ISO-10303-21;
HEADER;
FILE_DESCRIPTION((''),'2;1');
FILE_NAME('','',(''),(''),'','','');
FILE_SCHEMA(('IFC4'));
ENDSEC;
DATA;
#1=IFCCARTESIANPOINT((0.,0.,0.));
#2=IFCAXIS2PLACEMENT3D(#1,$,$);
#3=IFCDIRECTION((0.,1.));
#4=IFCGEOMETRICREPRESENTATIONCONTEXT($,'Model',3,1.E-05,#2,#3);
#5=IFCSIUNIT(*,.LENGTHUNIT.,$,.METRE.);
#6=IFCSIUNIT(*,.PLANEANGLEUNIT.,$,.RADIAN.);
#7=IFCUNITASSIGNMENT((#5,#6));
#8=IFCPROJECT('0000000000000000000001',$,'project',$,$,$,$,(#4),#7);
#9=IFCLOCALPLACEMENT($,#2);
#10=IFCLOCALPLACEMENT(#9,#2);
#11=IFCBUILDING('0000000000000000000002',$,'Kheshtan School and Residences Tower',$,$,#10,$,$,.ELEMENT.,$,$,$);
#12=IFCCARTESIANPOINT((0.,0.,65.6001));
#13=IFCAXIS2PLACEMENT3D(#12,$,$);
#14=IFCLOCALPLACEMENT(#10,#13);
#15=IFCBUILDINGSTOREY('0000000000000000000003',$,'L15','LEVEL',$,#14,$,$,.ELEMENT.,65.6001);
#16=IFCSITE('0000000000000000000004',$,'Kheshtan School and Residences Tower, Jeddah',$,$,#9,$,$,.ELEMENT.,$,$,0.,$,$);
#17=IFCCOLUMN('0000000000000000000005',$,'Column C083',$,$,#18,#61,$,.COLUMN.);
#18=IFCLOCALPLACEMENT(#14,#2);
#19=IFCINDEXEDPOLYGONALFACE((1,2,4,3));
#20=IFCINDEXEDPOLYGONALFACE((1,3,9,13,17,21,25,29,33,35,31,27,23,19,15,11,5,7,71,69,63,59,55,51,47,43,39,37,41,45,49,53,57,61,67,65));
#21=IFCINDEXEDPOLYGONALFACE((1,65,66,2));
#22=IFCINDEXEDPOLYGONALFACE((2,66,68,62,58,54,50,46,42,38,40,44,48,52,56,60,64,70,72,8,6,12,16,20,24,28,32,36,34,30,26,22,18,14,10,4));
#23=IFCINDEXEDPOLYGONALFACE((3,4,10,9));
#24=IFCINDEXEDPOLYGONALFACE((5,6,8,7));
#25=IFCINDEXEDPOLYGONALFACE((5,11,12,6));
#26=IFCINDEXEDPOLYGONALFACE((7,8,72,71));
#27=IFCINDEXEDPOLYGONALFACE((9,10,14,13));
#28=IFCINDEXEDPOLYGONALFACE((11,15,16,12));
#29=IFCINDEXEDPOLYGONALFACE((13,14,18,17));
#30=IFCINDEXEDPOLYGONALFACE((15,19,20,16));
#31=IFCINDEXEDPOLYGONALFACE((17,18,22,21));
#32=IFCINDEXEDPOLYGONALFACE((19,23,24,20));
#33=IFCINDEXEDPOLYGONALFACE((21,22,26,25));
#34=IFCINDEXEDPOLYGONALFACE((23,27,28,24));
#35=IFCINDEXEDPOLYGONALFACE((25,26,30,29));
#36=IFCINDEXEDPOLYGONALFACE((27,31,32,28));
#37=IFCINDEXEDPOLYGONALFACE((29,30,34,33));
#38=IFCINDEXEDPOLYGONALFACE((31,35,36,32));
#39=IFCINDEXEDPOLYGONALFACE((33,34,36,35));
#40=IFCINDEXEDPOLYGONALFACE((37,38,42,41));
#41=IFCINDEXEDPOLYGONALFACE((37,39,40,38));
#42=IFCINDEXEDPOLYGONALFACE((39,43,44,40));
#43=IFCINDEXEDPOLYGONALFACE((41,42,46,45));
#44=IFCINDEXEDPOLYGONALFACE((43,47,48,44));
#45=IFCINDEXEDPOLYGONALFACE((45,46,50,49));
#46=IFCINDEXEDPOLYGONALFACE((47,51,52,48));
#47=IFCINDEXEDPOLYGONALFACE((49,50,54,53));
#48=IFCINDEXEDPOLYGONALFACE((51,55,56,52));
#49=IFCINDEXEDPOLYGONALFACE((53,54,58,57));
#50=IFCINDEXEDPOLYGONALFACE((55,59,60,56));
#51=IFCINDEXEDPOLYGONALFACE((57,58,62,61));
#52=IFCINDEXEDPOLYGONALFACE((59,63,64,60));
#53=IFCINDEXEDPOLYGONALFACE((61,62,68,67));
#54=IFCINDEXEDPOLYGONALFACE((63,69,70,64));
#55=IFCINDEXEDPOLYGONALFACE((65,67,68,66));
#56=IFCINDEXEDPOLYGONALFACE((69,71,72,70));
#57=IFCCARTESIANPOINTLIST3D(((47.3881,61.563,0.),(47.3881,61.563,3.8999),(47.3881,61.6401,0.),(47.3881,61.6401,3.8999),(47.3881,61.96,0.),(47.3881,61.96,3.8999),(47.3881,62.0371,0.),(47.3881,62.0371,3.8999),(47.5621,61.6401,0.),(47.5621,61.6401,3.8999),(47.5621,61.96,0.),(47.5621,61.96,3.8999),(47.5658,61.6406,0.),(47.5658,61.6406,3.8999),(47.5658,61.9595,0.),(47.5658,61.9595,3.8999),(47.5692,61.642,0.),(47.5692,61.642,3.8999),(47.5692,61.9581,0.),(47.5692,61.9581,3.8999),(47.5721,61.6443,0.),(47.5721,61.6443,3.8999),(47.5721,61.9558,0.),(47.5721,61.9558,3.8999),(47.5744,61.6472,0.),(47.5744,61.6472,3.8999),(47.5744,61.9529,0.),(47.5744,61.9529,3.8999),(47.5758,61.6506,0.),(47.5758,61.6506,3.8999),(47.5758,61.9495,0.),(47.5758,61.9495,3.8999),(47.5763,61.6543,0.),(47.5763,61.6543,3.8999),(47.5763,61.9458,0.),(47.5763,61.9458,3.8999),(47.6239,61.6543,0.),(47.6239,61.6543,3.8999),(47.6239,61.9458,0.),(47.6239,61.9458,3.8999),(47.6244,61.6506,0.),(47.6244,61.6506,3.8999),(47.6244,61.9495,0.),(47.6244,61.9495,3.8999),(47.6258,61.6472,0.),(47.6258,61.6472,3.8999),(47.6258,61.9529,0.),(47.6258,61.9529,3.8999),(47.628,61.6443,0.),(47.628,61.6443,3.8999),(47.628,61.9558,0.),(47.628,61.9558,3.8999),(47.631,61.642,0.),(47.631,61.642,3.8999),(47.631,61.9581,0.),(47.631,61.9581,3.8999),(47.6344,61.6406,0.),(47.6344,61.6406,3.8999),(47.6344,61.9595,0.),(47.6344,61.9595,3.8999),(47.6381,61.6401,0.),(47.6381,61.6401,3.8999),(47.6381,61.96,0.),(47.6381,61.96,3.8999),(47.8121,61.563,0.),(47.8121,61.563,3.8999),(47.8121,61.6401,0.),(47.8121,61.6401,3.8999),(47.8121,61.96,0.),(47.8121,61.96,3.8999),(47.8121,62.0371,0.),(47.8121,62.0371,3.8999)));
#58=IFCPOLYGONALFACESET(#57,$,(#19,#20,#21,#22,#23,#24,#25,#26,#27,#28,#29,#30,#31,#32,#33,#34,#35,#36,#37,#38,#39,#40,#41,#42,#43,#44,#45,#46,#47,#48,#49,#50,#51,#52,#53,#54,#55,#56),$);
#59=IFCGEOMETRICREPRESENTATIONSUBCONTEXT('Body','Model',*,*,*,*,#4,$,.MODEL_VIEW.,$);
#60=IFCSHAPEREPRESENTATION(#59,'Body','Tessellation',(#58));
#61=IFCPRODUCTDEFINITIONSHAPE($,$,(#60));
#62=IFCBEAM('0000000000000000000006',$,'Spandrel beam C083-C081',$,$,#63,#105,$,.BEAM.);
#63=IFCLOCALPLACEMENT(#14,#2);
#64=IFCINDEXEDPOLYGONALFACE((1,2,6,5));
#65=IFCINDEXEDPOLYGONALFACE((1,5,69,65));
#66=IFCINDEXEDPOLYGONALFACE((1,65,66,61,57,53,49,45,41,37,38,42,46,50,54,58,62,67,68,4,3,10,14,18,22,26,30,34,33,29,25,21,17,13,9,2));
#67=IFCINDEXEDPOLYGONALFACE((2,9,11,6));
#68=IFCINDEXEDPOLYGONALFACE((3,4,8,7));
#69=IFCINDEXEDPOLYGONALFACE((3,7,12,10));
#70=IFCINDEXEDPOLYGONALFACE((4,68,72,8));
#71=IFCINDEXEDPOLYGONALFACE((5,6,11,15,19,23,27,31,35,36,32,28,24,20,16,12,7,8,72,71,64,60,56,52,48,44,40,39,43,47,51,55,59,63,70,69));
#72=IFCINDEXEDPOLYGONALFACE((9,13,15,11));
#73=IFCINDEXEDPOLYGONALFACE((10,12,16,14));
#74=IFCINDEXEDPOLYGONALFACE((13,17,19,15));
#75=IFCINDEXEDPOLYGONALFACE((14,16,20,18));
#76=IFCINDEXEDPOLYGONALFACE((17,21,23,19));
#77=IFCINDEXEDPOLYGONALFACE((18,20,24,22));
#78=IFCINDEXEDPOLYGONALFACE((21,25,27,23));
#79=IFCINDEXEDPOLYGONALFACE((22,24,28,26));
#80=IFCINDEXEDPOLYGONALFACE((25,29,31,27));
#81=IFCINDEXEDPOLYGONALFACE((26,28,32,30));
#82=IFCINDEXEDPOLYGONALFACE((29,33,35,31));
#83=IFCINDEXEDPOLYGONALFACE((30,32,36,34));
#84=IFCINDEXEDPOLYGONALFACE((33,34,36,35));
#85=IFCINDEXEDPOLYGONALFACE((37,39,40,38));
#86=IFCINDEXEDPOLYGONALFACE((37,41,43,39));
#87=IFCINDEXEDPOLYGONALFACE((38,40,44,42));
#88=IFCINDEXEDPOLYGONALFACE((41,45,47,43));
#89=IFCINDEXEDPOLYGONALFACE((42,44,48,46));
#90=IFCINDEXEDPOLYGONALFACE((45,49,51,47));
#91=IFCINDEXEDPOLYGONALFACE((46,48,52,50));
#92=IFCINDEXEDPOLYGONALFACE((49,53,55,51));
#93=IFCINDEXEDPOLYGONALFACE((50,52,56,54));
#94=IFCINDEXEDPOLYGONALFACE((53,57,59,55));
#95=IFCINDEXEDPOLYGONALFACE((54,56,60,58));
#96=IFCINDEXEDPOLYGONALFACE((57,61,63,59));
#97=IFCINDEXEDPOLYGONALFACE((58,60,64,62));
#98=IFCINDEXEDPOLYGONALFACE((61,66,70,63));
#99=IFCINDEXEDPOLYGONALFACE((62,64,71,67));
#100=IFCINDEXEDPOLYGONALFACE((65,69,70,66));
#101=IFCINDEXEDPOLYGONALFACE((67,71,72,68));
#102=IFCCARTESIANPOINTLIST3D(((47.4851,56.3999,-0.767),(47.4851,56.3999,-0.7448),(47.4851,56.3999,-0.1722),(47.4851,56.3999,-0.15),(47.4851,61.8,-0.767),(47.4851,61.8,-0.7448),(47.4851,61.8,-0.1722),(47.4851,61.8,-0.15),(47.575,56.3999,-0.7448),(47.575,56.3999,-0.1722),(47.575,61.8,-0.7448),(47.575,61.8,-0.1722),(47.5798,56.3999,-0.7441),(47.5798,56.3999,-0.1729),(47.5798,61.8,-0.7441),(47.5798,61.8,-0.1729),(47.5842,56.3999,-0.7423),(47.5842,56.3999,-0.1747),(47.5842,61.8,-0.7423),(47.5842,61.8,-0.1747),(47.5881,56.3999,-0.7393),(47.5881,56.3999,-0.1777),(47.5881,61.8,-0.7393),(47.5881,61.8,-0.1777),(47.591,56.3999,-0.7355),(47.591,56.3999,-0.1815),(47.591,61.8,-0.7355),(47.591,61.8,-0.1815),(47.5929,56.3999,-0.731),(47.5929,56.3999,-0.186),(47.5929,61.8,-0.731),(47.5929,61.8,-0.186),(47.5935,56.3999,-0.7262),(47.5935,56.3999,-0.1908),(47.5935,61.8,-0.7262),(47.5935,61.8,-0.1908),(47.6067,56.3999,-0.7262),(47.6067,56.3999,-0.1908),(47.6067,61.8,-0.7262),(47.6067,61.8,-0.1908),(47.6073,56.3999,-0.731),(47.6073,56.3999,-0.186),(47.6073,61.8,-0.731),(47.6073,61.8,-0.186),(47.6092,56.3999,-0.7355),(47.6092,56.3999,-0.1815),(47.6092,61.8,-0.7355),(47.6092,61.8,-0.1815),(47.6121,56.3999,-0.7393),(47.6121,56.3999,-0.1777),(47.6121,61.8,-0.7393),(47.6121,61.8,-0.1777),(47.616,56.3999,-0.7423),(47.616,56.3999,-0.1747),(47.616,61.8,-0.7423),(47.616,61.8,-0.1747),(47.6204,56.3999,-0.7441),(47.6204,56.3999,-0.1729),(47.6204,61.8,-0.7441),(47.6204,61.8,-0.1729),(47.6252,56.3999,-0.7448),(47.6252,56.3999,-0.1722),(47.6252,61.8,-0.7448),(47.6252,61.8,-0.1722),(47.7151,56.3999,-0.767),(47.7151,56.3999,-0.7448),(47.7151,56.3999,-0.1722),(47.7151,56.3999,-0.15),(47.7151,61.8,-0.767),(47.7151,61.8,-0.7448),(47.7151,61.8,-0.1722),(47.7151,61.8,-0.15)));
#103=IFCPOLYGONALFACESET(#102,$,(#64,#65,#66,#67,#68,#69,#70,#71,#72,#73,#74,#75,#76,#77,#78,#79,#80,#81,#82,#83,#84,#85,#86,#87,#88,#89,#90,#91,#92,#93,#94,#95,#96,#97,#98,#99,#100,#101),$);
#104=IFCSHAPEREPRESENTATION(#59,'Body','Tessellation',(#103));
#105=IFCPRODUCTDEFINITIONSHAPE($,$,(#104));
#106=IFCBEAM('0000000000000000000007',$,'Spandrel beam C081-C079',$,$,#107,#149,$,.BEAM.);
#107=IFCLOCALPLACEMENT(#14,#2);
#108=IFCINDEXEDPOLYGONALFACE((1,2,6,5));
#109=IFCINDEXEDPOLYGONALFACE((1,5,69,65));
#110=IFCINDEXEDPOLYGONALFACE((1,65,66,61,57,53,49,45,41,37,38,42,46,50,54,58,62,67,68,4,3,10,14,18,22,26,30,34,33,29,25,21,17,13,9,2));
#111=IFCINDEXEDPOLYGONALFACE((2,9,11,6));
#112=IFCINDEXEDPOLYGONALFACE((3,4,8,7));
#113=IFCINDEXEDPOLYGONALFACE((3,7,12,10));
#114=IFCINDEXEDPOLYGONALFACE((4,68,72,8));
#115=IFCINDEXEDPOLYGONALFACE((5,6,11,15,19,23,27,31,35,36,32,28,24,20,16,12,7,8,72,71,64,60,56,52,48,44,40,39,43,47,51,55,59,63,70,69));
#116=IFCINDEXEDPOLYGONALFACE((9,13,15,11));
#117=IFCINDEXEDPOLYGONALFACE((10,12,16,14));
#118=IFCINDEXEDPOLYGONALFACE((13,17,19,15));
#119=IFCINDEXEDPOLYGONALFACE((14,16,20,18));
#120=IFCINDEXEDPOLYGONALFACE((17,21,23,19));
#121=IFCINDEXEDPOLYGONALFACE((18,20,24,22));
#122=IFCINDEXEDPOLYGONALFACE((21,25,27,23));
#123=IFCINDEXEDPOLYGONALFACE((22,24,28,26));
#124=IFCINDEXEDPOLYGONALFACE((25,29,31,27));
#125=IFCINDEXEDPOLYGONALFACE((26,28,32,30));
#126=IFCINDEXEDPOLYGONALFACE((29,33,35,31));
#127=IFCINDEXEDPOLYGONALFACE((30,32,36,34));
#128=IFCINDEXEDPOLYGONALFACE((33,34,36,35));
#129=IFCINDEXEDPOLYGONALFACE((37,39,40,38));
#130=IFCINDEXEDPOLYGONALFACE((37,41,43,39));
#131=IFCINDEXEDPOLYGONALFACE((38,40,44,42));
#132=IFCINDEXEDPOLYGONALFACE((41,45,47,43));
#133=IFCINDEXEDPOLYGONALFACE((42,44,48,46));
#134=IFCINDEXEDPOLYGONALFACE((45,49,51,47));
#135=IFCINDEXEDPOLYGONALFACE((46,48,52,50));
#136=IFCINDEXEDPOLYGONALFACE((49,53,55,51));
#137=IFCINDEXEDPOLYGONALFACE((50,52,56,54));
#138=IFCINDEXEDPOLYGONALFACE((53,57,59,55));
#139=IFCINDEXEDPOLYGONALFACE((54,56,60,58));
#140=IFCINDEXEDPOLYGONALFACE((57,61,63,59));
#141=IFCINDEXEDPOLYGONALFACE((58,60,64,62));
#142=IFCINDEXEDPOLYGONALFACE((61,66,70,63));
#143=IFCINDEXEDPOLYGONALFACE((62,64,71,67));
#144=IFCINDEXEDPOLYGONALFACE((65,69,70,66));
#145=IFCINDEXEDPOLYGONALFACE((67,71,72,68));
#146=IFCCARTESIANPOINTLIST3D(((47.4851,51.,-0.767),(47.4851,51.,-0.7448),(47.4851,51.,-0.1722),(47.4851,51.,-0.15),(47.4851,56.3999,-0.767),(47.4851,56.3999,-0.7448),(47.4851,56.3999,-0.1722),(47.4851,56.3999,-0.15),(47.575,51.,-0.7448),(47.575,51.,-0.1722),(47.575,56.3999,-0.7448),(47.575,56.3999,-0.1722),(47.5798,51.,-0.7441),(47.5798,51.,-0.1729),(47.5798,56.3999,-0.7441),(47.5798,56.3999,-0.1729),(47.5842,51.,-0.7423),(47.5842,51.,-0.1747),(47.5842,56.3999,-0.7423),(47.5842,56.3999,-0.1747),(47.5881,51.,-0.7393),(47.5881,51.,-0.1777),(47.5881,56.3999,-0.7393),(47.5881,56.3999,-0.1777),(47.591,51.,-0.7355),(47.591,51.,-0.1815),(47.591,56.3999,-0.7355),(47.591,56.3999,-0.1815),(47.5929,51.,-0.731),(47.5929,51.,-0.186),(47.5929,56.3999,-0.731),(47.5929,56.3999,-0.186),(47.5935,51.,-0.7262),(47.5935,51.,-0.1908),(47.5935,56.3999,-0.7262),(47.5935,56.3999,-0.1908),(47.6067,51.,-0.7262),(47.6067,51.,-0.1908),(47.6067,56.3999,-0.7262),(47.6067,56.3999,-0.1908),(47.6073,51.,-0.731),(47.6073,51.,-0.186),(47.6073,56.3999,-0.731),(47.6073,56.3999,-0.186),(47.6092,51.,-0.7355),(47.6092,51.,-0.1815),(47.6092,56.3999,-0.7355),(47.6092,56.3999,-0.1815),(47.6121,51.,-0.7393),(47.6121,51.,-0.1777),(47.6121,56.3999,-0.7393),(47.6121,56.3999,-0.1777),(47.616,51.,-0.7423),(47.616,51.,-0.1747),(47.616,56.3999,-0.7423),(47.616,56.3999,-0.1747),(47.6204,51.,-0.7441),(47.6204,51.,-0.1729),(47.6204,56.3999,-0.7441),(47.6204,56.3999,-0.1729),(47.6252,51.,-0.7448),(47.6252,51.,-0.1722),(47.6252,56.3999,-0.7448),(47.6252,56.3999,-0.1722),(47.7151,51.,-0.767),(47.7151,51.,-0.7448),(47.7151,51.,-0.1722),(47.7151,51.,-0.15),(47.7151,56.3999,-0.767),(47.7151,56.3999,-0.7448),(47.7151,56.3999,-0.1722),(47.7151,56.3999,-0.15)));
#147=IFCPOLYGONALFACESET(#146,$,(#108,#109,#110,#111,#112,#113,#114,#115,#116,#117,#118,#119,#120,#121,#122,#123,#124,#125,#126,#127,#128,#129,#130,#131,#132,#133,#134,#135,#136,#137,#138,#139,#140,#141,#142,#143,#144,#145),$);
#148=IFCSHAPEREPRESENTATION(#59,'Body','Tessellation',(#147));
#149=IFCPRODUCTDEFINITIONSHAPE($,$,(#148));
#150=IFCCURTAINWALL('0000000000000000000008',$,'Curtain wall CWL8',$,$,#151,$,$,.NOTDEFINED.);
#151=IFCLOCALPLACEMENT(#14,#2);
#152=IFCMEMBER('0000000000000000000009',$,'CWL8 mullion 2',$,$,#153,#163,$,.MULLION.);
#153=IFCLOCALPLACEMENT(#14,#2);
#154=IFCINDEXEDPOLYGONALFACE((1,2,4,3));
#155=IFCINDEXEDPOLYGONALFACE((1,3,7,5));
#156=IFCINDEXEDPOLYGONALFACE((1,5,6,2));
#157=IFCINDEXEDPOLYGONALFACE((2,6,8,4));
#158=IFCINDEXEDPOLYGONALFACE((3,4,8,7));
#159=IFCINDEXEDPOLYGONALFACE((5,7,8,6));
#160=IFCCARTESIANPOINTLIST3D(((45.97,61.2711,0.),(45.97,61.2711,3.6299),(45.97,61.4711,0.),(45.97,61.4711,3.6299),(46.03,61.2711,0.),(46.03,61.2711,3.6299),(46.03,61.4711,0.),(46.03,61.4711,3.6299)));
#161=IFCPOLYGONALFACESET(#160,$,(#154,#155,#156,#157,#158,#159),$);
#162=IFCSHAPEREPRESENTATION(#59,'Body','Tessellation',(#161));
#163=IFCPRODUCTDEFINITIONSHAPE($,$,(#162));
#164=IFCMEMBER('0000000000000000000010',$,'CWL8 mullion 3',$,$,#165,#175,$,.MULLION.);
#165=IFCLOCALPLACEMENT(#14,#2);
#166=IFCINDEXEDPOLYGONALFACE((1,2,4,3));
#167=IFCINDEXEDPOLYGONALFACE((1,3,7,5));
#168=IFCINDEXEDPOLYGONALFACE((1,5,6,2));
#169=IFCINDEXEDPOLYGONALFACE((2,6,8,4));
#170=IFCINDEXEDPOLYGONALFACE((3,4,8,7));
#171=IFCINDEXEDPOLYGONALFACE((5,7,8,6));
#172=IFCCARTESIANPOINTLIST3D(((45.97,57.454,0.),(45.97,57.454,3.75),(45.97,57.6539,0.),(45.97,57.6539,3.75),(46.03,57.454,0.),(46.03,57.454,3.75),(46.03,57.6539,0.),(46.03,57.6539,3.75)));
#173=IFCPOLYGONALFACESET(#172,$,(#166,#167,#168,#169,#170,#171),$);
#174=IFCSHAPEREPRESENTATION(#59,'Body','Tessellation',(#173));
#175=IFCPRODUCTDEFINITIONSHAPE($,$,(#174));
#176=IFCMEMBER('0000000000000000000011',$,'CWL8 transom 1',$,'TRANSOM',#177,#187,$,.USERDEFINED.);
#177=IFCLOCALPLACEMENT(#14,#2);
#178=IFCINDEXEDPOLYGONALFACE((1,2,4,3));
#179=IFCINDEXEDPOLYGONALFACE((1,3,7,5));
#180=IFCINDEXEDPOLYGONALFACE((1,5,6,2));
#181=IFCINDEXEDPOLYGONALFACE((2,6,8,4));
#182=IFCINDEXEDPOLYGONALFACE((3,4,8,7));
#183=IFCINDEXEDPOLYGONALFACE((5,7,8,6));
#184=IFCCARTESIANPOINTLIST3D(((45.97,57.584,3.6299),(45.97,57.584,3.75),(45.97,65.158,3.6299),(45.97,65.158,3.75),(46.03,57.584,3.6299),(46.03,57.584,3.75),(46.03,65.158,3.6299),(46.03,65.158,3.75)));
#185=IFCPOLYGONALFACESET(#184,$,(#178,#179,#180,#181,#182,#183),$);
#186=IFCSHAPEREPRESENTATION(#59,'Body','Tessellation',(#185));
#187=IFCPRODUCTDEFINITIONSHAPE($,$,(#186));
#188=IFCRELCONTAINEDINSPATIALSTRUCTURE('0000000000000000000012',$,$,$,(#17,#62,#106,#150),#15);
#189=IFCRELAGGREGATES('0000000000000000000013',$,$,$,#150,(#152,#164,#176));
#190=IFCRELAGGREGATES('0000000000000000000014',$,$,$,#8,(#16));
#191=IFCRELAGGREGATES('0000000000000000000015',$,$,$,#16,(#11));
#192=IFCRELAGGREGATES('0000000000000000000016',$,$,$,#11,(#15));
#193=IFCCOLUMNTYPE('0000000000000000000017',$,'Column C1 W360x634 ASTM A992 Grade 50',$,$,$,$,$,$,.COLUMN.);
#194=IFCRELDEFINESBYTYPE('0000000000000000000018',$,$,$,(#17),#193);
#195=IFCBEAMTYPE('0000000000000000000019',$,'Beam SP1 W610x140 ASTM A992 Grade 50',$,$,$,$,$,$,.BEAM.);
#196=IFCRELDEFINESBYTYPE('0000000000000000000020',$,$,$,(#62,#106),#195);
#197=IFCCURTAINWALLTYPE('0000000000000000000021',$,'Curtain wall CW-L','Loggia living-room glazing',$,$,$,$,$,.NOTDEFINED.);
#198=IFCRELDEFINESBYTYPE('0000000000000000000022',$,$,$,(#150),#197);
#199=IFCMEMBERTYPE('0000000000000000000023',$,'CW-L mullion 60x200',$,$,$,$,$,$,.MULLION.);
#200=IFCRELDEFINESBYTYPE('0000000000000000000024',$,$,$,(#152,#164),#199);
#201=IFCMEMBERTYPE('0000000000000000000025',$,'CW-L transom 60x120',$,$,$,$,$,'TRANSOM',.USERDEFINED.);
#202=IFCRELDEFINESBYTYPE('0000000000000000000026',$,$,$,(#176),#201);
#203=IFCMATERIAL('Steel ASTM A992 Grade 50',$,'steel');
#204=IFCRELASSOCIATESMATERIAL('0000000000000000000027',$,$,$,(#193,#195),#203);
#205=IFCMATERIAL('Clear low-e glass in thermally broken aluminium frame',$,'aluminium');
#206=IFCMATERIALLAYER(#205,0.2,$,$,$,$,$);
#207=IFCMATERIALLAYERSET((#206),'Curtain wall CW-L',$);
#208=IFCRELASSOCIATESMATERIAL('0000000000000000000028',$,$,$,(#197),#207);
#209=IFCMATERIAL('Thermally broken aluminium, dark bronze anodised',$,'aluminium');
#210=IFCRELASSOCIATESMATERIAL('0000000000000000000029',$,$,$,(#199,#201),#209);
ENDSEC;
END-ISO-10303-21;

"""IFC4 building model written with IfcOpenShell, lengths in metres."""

from ifc_helpers import new_model, si_unit, direction, frame, origin, origin_2d, place, context, subcontext, project, spatial, rectangle, i_section, extrude, material, layer, layer_set, material_profile, profile_set, type_object, element, aggregate, save


model = new_model("IFC4")

# Units and contexts
model_context = context("Model", 3, precision=1e-05, world=origin(), true_north=direction((0.0, 1.0)))
body_context = subcontext(model_context, "Body", "Model", "MODEL_VIEW")
ifc_project = project(units=[si_unit("LENGTHUNIT", "METRE"), si_unit("PLANEANGLEUNIT", "RADIAN")], contexts=[model_context])

# Site, building, storey
site_placement = place(None, origin())
site = spatial("IfcSite", under=ifc_project, at=site_placement, Name="Kheshtan School and Residences Tower, Jeddah", CompositionType="ELEMENT", RefElevation=0.0)
building_placement = place(site_placement, origin())
building = spatial("IfcBuilding", under=site, at=building_placement, Name="Kheshtan School and Residences Tower", CompositionType="ELEMENT")
storey_placement = place(building_placement, frame((0.0, 0.0, 65.6001)))
storey = spatial("IfcBuildingStorey", under=building, at=storey_placement, Name="L15", Description="LEVEL", CompositionType="ELEMENT", Elevation=65.6001)

# Column
ifc_material_1 = material(Name="Steel ASTM A992 Grade 50", Category="steel")
ifc_material_profile_1 = material_profile(ifc_material_1, i_section(OverallWidth=0.4241, OverallDepth=0.4741, WebThickness=0.0476, FlangeThickness=0.0771, FilletRadius=0.0142, at=origin_2d()), Name="W360x634")
ifc_profile_set_1 = profile_set([ifc_material_profile_1], Name="Steel ASTM A992 Grade 50")
column_type = type_object("IfcColumnType", Name="Column C1 W360x634 ASTM A992 Grade 50", PredefinedType="COLUMN", material=ifc_profile_set_1)
column_placement = place(storey_placement, frame((47.6001, 61.8, 0.0), z_axis=(0.0, 0.0, 1.0), x_axis=(1.0, 0.0, 0.0)))
element("IfcColumn", 1, at=column_placement, inside=storey, type_object=column_type, Name="Column C083", PredefinedType="COLUMN", context=body_context, shape_type="SweptSolid", body=[
    extrude(i_section(OverallWidth=0.4241, OverallDepth=0.4741, WebThickness=0.0476, FlangeThickness=0.0771, FilletRadius=0.0142, at=origin_2d()), origin(), (0.0, 0.0, 1.0), 3.8999),
])

# Beams
ifc_material_profile_2 = material_profile(ifc_material_1, i_section(OverallWidth=0.23, OverallDepth=0.6169, WebThickness=0.0132, FlangeThickness=0.0222, FilletRadius=0.0186, at=origin_2d()), Name="W610x140")
ifc_profile_set_2 = profile_set([ifc_material_profile_2], Name="Steel ASTM A992 Grade 50")
beam_type = type_object("IfcBeamType", Name="Beam SP1 W610x140 ASTM A992 Grade 50", PredefinedType="BEAM", material=ifc_profile_set_2)
beam_1_placement = place(storey_placement, frame((47.6001, 61.8, -0.4585), z_axis=(0.0, -1.0, 0.0), x_axis=(1.0, 0.0, 0.0)))
element("IfcBeam", 2, at=beam_1_placement, inside=storey, type_object=beam_type, Name="Spandrel beam C083-C081", PredefinedType="BEAM", context=body_context, shape_type="SweptSolid", body=[
    extrude(i_section(OverallWidth=0.23, OverallDepth=0.6169, WebThickness=0.0132, FlangeThickness=0.0222, FilletRadius=0.0186, at=origin_2d()), origin(), (0.0, 0.0, 1.0), 5.4001),
])
beam_2_placement = place(storey_placement, frame((47.6001, 56.3999, -0.4585), z_axis=(0.0, -1.0, 0.0), x_axis=(1.0, 0.0, 0.0)))
element("IfcBeam", 3, at=beam_2_placement, inside=storey, type_object=beam_type, Name="Spandrel beam C081-C079", PredefinedType="BEAM", context=body_context, shape_type="SweptSolid", body=[
    extrude(i_section(OverallWidth=0.23, OverallDepth=0.6169, WebThickness=0.0132, FlangeThickness=0.0222, FilletRadius=0.0186, at=origin_2d()), origin(), (0.0, 0.0, 1.0), 5.3999),
])

# Curtain wall, members
ifc_material_2 = material(Name="Clear low-e glass in thermally broken aluminium frame", Category="aluminium")
ifc_layer_1 = layer(ifc_material_2, 0.2)
ifc_layer_set_1 = layer_set([ifc_layer_1], Name="Curtain wall CW-L")
curtain_wall_type = type_object("IfcCurtainWallType", Name="Curtain wall CW-L", Description="Loggia living-room glazing", PredefinedType="NOTDEFINED", material=ifc_layer_set_1)
curtain_wall_1_placement = place(storey_placement, origin())
curtain_wall_1 = element("IfcCurtainWall", 4, at=curtain_wall_1_placement, inside=storey, type_object=curtain_wall_type, Name="Curtain wall CWL8", PredefinedType="NOTDEFINED")
ifc_material_3 = material(Name="Thermally broken aluminium, dark bronze anodised", Category="aluminium")
ifc_material_profile_3 = material_profile(ifc_material_3, rectangle(XDim=0.0601, YDim=0.2, at=origin_2d()), Name="CW-L mullion 60x200")
ifc_profile_set_3 = profile_set([ifc_material_profile_3], Name="Thermally broken aluminium, dark bronze anodised")
member_type_1 = type_object("IfcMemberType", Name="CW-L mullion 60x200", PredefinedType="MULLION", material=ifc_profile_set_3)
member_1_placement = place(storey_placement, frame((46.0, 61.3711, 0.0), z_axis=(0.0, 0.0, 1.0), x_axis=(1.0, 0.0, 0.0)))
member_1 = element("IfcMember", 5, at=member_1_placement, type_object=member_type_1, Name="CWL8 mullion 2", PredefinedType="MULLION", context=body_context, shape_type="SweptSolid", body=[
    extrude(rectangle(XDim=0.0601, YDim=0.2, at=origin_2d()), origin(), (0.0, 0.0, 1.0), 3.6299),
])
member_2_placement = place(storey_placement, frame((46.0, 57.554, 0.0), z_axis=(0.0, 0.0, 1.0), x_axis=(1.0, 0.0, 0.0)))
member_2 = element("IfcMember", 6, at=member_2_placement, type_object=member_type_1, Name="CWL8 mullion 3", PredefinedType="MULLION", context=body_context, shape_type="SweptSolid", body=[
    extrude(rectangle(XDim=0.0601, YDim=0.2, at=origin_2d()), origin(), (0.0, 0.0, 1.0), 3.75),
])
ifc_material_profile_4 = material_profile(ifc_material_3, rectangle(XDim=0.0601, YDim=0.1201, at=origin_2d()), Name="CW-L transom 60x120")
ifc_profile_set_4 = profile_set([ifc_material_profile_4], Name="Thermally broken aluminium, dark bronze anodised")
member_type_2 = type_object("IfcMemberType", Name="CW-L transom 60x120", ElementType="TRANSOM", PredefinedType="USERDEFINED", material=ifc_profile_set_4)
member_3_placement = place(storey_placement, frame((46.0, 65.158, 3.6899), z_axis=(0.0, -1.0, 0.0), x_axis=(1.0, 0.0, 0.0)))
member_3 = element("IfcMember", 7, at=member_3_placement, type_object=member_type_2, Name="CWL8 transom 1", ObjectType="TRANSOM", PredefinedType="USERDEFINED", context=body_context, shape_type="SweptSolid", body=[
    extrude(rectangle(XDim=0.0601, YDim=0.1201, at=origin_2d()), origin(), (0.0, 0.0, 1.0), 7.574),
])

aggregate(curtain_wall_1, [member_1, member_2, member_3])

save(model, "model.ifc")
